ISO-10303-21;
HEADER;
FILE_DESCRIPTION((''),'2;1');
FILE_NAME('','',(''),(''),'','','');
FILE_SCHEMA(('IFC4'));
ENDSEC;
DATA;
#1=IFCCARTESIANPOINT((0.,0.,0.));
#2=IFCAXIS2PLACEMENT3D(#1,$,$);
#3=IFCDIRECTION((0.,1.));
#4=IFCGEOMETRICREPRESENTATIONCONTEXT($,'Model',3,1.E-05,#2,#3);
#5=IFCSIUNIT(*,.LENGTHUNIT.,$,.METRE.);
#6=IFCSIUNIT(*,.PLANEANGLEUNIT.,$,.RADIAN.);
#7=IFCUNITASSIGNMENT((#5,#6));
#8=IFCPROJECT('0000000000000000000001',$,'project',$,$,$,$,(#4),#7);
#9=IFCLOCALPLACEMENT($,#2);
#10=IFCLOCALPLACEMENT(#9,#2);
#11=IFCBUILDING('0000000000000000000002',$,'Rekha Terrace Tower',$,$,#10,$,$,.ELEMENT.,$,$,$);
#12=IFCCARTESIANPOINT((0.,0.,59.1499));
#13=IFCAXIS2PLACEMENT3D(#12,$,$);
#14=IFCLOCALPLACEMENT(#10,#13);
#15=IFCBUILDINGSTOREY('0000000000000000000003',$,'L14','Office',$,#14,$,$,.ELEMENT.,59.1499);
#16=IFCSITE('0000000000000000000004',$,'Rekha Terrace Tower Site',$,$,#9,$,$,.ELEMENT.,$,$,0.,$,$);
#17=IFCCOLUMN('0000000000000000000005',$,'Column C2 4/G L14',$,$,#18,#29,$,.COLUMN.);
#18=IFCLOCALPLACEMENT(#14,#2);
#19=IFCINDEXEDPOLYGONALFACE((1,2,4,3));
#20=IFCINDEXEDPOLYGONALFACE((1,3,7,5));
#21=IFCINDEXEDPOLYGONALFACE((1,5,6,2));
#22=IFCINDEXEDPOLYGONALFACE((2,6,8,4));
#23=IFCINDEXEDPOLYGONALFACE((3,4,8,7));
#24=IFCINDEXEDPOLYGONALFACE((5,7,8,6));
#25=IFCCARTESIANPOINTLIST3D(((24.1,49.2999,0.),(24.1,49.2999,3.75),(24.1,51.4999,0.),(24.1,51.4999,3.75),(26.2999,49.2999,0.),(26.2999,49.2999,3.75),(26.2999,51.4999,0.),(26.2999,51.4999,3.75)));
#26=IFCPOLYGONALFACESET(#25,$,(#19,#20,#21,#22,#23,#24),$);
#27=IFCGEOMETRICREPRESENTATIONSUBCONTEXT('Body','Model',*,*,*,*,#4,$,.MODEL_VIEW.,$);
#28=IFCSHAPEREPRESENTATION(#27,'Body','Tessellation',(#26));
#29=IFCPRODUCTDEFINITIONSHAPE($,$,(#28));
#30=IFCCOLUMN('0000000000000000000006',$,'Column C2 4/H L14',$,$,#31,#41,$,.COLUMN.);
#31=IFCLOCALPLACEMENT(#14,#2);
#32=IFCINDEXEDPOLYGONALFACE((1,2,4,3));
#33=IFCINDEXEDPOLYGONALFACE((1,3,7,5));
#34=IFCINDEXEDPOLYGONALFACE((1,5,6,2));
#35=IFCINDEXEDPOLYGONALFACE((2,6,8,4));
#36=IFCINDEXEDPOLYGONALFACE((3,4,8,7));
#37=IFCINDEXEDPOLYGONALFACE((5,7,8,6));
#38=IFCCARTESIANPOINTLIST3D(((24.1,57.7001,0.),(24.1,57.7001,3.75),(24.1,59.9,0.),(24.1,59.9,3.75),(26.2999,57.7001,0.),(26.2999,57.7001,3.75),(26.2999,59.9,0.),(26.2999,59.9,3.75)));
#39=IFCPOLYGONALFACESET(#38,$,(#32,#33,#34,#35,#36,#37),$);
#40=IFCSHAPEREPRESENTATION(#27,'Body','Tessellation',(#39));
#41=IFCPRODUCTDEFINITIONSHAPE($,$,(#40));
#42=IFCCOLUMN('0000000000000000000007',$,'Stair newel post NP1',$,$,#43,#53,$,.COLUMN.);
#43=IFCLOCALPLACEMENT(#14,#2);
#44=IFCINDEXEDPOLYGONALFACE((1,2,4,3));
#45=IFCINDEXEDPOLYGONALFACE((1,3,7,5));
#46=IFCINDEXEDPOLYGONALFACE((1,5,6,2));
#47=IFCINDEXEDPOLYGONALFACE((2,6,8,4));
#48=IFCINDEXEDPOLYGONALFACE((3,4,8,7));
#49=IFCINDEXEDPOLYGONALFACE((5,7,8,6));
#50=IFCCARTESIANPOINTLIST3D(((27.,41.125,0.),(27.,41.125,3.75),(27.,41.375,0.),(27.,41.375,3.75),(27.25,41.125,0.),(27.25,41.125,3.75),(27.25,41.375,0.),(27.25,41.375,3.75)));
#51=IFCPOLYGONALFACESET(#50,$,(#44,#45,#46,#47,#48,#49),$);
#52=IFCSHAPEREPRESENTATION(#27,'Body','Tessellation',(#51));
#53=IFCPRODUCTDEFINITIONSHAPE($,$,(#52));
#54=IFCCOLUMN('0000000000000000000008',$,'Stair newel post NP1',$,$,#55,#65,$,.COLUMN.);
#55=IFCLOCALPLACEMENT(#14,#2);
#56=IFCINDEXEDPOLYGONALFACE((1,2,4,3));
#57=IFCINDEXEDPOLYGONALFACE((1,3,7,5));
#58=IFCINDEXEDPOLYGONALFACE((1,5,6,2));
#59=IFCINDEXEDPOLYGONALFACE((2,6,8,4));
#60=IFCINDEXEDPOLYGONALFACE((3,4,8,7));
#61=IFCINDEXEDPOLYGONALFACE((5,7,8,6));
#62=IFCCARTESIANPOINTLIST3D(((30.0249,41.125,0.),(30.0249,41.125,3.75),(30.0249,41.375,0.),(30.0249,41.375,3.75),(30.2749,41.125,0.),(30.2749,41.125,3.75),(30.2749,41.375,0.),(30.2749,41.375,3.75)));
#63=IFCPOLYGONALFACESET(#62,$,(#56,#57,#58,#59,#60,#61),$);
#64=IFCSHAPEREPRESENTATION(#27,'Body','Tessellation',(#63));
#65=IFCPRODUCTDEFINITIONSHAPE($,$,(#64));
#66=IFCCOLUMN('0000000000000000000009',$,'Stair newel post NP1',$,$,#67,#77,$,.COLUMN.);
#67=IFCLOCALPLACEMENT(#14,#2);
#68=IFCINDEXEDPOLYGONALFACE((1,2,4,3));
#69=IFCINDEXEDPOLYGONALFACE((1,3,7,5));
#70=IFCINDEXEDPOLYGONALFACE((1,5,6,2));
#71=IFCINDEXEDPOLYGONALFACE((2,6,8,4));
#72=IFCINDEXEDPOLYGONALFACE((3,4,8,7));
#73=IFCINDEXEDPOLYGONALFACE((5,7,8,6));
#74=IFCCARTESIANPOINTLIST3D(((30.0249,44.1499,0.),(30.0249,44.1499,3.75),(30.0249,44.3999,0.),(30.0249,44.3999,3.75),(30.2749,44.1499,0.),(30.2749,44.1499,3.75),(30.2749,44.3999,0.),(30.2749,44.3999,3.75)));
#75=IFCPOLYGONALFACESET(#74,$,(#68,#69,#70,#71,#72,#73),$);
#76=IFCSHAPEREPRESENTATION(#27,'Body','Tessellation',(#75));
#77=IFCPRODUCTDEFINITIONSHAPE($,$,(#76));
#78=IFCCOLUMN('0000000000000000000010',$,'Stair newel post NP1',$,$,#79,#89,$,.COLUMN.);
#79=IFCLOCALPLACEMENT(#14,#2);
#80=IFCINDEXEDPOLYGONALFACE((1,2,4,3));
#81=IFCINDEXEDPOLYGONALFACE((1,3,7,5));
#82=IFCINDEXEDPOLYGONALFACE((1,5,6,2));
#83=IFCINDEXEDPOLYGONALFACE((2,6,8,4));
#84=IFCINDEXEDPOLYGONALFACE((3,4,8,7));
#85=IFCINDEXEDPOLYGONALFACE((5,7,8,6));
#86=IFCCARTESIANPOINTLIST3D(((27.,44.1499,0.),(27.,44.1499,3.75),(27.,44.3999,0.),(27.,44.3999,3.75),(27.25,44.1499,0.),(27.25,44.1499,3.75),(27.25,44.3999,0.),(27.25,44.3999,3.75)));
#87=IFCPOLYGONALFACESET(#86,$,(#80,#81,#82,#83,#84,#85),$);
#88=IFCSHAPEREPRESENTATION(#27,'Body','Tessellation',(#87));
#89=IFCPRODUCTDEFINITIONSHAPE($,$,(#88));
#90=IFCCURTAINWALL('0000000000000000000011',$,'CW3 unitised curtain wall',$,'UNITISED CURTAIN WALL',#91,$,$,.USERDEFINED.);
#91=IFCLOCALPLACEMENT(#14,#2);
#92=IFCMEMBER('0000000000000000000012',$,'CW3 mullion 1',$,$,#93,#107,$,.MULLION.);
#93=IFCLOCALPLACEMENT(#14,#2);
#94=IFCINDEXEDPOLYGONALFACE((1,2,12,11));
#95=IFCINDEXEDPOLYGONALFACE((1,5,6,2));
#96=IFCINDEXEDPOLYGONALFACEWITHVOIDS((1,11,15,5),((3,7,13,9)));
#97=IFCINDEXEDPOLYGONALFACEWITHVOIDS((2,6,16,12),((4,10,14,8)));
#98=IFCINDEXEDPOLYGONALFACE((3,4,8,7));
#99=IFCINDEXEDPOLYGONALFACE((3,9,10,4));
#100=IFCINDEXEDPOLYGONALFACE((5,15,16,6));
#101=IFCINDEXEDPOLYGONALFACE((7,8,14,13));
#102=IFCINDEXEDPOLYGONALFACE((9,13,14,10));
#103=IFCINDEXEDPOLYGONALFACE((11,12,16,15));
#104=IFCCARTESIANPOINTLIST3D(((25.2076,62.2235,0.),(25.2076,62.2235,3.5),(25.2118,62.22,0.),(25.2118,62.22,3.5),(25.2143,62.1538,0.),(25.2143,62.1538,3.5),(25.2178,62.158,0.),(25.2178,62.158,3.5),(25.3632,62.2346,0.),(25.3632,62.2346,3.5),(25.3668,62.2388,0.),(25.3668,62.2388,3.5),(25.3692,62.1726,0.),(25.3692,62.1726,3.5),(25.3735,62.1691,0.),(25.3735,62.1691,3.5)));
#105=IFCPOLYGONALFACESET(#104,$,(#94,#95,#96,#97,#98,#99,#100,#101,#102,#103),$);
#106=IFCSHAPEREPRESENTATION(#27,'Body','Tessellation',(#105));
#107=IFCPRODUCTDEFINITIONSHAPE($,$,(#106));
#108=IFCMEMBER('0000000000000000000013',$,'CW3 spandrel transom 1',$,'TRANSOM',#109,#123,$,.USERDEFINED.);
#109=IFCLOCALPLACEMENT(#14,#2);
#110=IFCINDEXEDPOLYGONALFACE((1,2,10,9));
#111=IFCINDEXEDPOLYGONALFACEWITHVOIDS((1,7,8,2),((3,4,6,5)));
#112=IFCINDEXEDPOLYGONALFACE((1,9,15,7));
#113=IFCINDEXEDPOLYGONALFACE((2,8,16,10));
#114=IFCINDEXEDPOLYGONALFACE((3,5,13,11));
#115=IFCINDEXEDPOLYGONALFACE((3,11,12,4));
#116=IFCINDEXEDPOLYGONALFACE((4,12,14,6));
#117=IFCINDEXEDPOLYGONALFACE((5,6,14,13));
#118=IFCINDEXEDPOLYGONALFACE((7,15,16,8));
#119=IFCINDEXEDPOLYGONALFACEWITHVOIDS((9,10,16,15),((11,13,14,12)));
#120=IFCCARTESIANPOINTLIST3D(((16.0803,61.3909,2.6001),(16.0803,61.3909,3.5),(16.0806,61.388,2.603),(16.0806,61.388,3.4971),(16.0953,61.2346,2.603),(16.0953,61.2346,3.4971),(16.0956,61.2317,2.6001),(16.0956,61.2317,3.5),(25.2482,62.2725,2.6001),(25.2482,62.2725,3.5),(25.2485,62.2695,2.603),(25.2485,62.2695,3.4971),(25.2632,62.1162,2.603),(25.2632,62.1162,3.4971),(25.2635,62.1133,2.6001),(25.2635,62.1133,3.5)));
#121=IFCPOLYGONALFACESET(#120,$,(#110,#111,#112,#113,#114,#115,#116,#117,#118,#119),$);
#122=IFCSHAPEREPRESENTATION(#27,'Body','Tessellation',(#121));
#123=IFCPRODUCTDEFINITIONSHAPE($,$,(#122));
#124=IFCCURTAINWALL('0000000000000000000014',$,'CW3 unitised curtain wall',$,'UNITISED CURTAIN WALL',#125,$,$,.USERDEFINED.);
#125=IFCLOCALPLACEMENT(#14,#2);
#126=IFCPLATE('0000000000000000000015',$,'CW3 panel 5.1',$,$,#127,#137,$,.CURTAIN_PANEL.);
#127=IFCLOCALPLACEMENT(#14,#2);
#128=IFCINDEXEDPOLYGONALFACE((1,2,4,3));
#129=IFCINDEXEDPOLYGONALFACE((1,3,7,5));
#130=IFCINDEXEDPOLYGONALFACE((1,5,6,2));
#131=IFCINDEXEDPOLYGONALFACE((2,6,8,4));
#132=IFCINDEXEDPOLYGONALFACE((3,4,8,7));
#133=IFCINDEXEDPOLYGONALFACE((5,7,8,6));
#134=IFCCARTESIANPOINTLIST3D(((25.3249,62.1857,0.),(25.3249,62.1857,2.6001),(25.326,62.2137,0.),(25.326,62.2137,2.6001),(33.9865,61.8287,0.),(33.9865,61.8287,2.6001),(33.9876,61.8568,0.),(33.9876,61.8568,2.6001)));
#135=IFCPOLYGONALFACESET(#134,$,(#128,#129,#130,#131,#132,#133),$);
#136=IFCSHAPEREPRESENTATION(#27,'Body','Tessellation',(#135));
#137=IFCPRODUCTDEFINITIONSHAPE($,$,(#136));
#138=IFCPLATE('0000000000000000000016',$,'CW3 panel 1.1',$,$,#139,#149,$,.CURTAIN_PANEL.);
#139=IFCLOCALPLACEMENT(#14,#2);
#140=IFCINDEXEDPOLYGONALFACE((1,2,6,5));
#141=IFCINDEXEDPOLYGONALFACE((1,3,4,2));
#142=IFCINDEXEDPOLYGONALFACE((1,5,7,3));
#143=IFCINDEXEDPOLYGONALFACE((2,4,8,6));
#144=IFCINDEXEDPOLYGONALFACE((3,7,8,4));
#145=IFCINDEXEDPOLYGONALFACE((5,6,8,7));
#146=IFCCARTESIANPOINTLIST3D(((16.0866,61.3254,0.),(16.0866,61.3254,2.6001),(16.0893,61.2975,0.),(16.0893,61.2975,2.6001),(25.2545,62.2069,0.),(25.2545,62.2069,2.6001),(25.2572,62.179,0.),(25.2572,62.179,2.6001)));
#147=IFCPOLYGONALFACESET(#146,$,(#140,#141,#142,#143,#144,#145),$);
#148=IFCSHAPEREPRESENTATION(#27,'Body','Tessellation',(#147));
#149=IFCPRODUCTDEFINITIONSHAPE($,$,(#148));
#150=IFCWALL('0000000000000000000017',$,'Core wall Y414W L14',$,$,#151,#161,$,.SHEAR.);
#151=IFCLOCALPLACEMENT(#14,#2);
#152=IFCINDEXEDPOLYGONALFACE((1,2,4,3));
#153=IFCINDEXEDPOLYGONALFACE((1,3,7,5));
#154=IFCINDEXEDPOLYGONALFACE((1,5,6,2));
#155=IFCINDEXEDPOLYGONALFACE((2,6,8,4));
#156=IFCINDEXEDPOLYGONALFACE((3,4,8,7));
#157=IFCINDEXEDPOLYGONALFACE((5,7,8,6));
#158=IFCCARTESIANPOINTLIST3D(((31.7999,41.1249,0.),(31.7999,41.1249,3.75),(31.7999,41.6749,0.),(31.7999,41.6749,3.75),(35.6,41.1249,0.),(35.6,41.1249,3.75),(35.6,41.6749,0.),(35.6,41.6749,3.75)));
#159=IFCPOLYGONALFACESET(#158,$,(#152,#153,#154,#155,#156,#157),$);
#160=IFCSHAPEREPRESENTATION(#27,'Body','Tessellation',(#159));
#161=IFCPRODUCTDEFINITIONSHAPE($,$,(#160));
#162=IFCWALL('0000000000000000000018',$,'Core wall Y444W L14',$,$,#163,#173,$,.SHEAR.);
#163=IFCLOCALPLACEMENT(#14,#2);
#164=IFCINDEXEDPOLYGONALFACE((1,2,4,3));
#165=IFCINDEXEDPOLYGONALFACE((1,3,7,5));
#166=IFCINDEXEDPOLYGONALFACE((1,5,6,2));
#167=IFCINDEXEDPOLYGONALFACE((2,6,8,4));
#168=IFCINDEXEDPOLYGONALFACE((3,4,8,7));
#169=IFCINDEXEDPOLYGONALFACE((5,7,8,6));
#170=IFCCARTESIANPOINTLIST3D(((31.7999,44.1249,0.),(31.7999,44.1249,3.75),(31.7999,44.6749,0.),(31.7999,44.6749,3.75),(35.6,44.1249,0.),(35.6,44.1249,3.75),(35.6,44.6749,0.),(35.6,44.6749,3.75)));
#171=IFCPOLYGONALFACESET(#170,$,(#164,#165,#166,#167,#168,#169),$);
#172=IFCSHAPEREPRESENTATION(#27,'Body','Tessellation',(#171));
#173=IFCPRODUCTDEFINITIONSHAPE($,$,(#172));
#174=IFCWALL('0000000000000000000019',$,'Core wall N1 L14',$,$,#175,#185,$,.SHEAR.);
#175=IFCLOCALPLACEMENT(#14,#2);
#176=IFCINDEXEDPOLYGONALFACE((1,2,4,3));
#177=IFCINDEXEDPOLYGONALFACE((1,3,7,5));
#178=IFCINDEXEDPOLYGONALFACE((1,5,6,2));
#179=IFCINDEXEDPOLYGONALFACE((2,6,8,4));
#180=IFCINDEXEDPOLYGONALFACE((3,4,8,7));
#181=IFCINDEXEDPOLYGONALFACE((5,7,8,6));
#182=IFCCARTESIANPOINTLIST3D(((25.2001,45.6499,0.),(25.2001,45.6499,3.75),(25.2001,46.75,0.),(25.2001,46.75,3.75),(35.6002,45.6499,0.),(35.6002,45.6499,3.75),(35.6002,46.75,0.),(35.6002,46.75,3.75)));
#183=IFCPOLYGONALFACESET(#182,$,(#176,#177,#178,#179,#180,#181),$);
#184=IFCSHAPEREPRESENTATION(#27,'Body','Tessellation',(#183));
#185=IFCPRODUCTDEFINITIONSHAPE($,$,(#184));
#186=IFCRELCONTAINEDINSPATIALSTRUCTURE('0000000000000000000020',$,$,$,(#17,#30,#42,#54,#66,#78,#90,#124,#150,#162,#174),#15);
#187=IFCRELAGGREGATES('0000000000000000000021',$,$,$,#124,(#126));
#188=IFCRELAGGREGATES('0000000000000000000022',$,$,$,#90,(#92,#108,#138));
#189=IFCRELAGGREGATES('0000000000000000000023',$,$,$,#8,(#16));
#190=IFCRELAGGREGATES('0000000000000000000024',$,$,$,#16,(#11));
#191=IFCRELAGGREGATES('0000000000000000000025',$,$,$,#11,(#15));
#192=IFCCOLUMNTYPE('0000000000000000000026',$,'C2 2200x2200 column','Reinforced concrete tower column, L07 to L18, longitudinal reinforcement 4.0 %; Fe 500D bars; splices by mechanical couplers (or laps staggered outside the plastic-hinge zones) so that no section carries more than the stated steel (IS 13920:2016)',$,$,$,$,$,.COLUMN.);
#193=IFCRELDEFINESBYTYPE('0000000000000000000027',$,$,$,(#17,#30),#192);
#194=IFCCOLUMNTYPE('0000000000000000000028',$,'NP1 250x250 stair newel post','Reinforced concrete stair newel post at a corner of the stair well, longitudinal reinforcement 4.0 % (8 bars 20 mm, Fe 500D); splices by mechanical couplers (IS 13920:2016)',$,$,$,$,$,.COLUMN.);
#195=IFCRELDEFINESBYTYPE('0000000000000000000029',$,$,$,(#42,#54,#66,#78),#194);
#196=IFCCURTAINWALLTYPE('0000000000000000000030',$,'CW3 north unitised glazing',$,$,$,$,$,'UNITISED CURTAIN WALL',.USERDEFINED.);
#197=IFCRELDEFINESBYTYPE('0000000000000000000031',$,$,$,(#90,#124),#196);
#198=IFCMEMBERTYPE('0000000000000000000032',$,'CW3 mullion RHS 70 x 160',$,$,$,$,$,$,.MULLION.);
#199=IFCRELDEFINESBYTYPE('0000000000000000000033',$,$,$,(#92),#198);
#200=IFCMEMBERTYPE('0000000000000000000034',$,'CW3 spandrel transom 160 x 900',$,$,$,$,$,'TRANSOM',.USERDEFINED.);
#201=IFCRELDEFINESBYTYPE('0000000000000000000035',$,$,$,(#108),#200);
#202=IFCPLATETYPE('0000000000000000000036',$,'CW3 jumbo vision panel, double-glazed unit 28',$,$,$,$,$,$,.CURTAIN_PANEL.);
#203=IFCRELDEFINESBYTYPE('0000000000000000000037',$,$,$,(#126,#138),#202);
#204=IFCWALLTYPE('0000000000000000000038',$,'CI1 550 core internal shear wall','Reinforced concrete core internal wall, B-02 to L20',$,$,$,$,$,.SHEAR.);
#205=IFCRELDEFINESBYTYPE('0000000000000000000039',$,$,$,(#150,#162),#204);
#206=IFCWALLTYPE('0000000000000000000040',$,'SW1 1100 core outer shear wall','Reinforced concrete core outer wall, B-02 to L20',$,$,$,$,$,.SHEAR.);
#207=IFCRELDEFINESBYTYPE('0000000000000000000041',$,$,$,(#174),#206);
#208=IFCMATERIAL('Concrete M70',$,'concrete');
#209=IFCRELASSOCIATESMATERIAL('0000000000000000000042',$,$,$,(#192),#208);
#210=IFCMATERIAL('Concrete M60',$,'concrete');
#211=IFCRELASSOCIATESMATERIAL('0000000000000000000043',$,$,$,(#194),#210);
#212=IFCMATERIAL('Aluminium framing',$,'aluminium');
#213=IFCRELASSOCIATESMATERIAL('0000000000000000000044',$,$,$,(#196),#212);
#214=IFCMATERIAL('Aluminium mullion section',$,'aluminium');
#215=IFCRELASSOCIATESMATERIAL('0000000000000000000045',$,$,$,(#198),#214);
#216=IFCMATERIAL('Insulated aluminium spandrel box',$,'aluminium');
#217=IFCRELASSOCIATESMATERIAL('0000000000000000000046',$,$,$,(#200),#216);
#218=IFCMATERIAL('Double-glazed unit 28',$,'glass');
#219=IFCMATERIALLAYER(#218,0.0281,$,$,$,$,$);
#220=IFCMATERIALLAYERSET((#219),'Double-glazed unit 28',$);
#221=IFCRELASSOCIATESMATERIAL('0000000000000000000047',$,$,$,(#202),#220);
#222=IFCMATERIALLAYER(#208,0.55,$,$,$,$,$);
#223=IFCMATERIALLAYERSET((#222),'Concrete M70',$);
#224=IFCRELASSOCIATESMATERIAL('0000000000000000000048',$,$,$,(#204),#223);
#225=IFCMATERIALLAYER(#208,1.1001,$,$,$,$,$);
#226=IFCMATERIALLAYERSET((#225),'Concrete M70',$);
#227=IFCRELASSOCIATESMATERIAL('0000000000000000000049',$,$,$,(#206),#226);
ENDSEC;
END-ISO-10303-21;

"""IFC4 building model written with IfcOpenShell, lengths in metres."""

from ifc_helpers import new_model, si_unit, direction, frame, frame_2d, origin, origin_2d, place, context, subcontext, project, spatial, rectangle, hollow_rectangle, extrude, material, layer, layer_set, material_profile, profile_set, type_object, element, aggregate, save


model = new_model("IFC4")

# Units and contexts
model_context = context("Model", 3, precision=1e-05, world=origin(), true_north=direction((0.0, 1.0)))
body_context = subcontext(model_context, "Body", "Model", "MODEL_VIEW")
ifc_project = project(units=[si_unit("LENGTHUNIT", "METRE"), si_unit("PLANEANGLEUNIT", "RADIAN")], contexts=[model_context])

# Site, building, storey
site_placement = place(None, origin())
site = spatial("IfcSite", under=ifc_project, at=site_placement, Name="Rekha Terrace Tower Site", CompositionType="ELEMENT", RefElevation=0.0)
building_placement = place(site_placement, origin())
building = spatial("IfcBuilding", under=site, at=building_placement, Name="Rekha Terrace Tower", CompositionType="ELEMENT")
storey_placement = place(building_placement, frame((0.0, 0.0, 59.1499)))
storey = spatial("IfcBuildingStorey", under=building, at=storey_placement, Name="L14", Description="Office", CompositionType="ELEMENT", Elevation=59.1499)

# Columns
ifc_material_1 = material(Name="Concrete M70", Category="concrete")
ifc_material_profile_1 = material_profile(ifc_material_1, rectangle(XDim=2.2, YDim=2.2, at=origin_2d()), Name="RC 2200x2200")
ifc_profile_set_1 = profile_set([ifc_material_profile_1], Name="Concrete M70")
column_type_1 = type_object("IfcColumnType", Name="C2 2200x2200 column", Description="Reinforced concrete tower column, L07 to L18, longitudinal reinforcement 4.0 %; Fe 500D bars; splices by mechanical couplers (or laps staggered outside the plastic-hinge zones) so that no section carries more than the stated steel (IS 13920:2016)", PredefinedType="COLUMN", material=ifc_profile_set_1)
for number, where, z_axis, x_axis, name in (
    (1, (25.2, 50.3999, 0.0), (0.0, 0.0, 1.0), (1.0, 0.0, 0.0), "Column C2 4/G L14"),
    (2, (25.2, 58.8, 0.0), (0.0, 0.0, 1.0), (1.0, 0.0, 0.0), "Column C2 4/H L14"),
):
    element("IfcColumn", number, at=place(storey_placement, frame(where, z_axis=z_axis, x_axis=x_axis)), inside=storey, type_object=column_type_1, Name=name, PredefinedType="COLUMN", context=body_context, shape_type="SweptSolid", body=[
        extrude(rectangle(XDim=2.2, YDim=2.2, at=origin_2d()), origin(), (0.0, 0.0, 1.0), 3.75),
    ])
ifc_material_2 = material(Name="Concrete M60", Category="concrete")
ifc_material_profile_2 = material_profile(ifc_material_2, rectangle(XDim=0.25, YDim=0.25, at=origin_2d()), Name="RC 250x250")
ifc_profile_set_2 = profile_set([ifc_material_profile_2], Name="Concrete M60")
column_type_2 = type_object("IfcColumnType", Name="NP1 250x250 stair newel post", Description="Reinforced concrete stair newel post at a corner of the stair well, longitudinal reinforcement 4.0 % (8 bars 20 mm, Fe 500D); splices by mechanical couplers (IS 13920:2016)", PredefinedType="COLUMN", material=ifc_profile_set_2)
for number, where, z_axis, x_axis, name in (
    (3, (27.125, 41.25, 0.0), (0.0, 0.0, 1.0), (1.0, 0.0, 0.0), "Stair newel post NP1"),
    (4, (30.1499, 41.25, 0.0), (0.0, 0.0, 1.0), (1.0, 0.0, 0.0), "Stair newel post NP1"),
    (5, (30.1499, 44.2749, 0.0), (0.0, 0.0, 1.0), (1.0, 0.0, 0.0), "Stair newel post NP1"),
    (6, (27.125, 44.2749, 0.0), (0.0, 0.0, 1.0), (1.0, 0.0, 0.0), "Stair newel post NP1"),
):
    element("IfcColumn", number, at=place(storey_placement, frame(where, z_axis=z_axis, x_axis=x_axis)), inside=storey, type_object=column_type_2, Name=name, PredefinedType="COLUMN", context=body_context, shape_type="SweptSolid", body=[
        extrude(rectangle(XDim=0.25, YDim=0.25, at=origin_2d()), origin(), (0.0, 0.0, 1.0), 3.75),
    ])

# Curtain wall, members
ifc_material_3 = material(Name="Aluminium framing", Category="aluminium")
curtain_wall_type = type_object("IfcCurtainWallType", Name="CW3 north unitised glazing", ElementType="UNITISED CURTAIN WALL", PredefinedType="USERDEFINED", material=ifc_material_3)
curtain_wall_1_placement = place(storey_placement, origin())
curtain_wall_1 = element("IfcCurtainWall", 7, at=curtain_wall_1_placement, inside=storey, type_object=curtain_wall_type, Name="CW3 unitised curtain wall", ObjectType="UNITISED CURTAIN WALL", PredefinedType="USERDEFINED")
ifc_material_4 = material(Name="Aluminium mullion section", Category="aluminium")
ifc_material_profile_3 = material_profile(ifc_material_4, hollow_rectangle(XDim=0.0701, YDim=0.1599, WallThickness=0.0039, at=origin_2d()), Name="AL RHS 70x160")
ifc_profile_set_3 = profile_set([ifc_material_profile_3], Name="Aluminium mullion section")
member_type_1 = type_object("IfcMemberType", Name="CW3 mullion RHS 70 x 160", PredefinedType="MULLION", material=ifc_profile_set_3)
member_1_placement = place(storey_placement, frame((25.2905, 62.1963, 0.0), z_axis=(0.0, 0.0, 1.0), x_axis=(0.095712, -0.995409, 0.0)))
member_1 = element("IfcMember", 8, at=member_1_placement, type_object=member_type_1, Name="CW3 mullion 1", PredefinedType="MULLION", context=body_context, shape_type="SweptSolid", body=[
    extrude(hollow_rectangle(XDim=0.0701, YDim=0.1599, WallThickness=0.0039, at=origin_2d()), origin(), (0.0, 0.0, 1.0), 3.5),
])
ifc_material_5 = material(Name="Insulated aluminium spandrel box", Category="aluminium")
ifc_material_profile_4 = material_profile(ifc_material_5, hollow_rectangle(XDim=0.1599, YDim=0.8999, WallThickness=0.0029, at=origin_2d()), Name="AL SPANDREL BOX 160x900")
ifc_profile_set_4 = profile_set([ifc_material_profile_4], Name="Insulated aluminium spandrel box")
member_type_2 = type_object("IfcMemberType", Name="CW3 spandrel transom 160 x 900", ElementType="TRANSOM", PredefinedType="USERDEFINED", material=ifc_profile_set_4)
member_2_placement = place(storey_placement, frame((25.2559, 62.1929, 3.05), z_axis=(-0.995408, -0.095718, 0.0), x_axis=(0.095718, -0.995408, 0.0)))
member_2 = element("IfcMember", 9, at=member_2_placement, type_object=member_type_2, Name="CW3 spandrel transom 1", ObjectType="TRANSOM", PredefinedType="USERDEFINED", context=body_context, shape_type="SweptSolid", body=[
    extrude(hollow_rectangle(XDim=0.1599, YDim=0.8999, WallThickness=0.0029, at=origin_2d()), origin(), (0.0, 0.0, 1.0), 9.2102),
])

# Curtain wall, plate
curtain_wall_2_placement = place(storey_placement, origin())
curtain_wall_2 = element("IfcCurtainWall", 10, at=curtain_wall_2_placement, inside=storey, type_object=curtain_wall_type, Name="CW3 unitised curtain wall", ObjectType="UNITISED CURTAIN WALL", PredefinedType="USERDEFINED")
ifc_material_6 = material(Name="Double-glazed unit 28", Category="glass")
ifc_layer_1 = layer(ifc_material_6, 0.0281)
ifc_layer_set_1 = layer_set([ifc_layer_1], Name="Double-glazed unit 28")
plate_type = type_object("IfcPlateType", Name="CW3 jumbo vision panel, double-glazed unit 28", PredefinedType="CURTAIN_PANEL", material=ifc_layer_set_1)
plate_1_placement = place(storey_placement, frame((29.6562, 62.0212, 0.0), z_axis=(0.0, 0.0, 1.0), x_axis=(-0.999152, 0.041174, 0.0)))
plate_1 = element("IfcPlate", 11, at=plate_1_placement, type_object=plate_type, Name="CW3 panel 5.1", PredefinedType="CURTAIN_PANEL", context=body_context, shape_type="SweptSolid", body=[
    extrude(rectangle(XDim=8.6689, YDim=0.0281, at=origin_2d()), origin(), (0.0, 0.0, 1.0), 2.6001),
])
aggregate(curtain_wall_2, [plate_1])

# Plate
plate_2_placement = place(storey_placement, frame((20.6719, 61.7522, 0.0), z_axis=(0.0, 0.0, 1.0), x_axis=(-0.995409, -0.095712, 0.0)))
plate_2 = element("IfcPlate", 12, at=plate_2_placement, type_object=plate_type, Name="CW3 panel 1.1", PredefinedType="CURTAIN_PANEL", context=body_context, shape_type="SweptSolid", body=[
    extrude(rectangle(XDim=9.2102, YDim=0.0281, at=origin_2d()), origin(), (0.0, 0.0, 1.0), 2.6001),
])
aggregate(curtain_wall_1, [member_1, member_2, plate_2])

# Walls
ifc_layer_2 = layer(ifc_material_1, 0.55)
ifc_layer_set_2 = layer_set([ifc_layer_2], Name="Concrete M70")
wall_type_1 = type_object("IfcWallType", Name="CI1 550 core internal shear wall", Description="Reinforced concrete core internal wall, B-02 to L20", PredefinedType="SHEAR", material=ifc_layer_set_2)
for number, where, z_axis, x_axis, name in (
    (13, (31.8, 41.3999, 0.0), (0.0, 0.0, 1.0), (1.0, 0.0, 0.0), "Core wall Y414W L14"),
    (14, (31.8, 44.3999, 0.0), (0.0, 0.0, 1.0), (1.0, 0.0, 0.0), "Core wall Y444W L14"),
):
    element("IfcWall", number, at=place(storey_placement, frame(where, z_axis=z_axis, x_axis=x_axis)), inside=storey, type_object=wall_type_1, Name=name, PredefinedType="SHEAR", context=body_context, shape_type="SweptSolid", body=[
        extrude(rectangle(XDim=3.8, YDim=0.55, at=frame_2d((1.8999, 0.0))), origin(), (0.0, 0.0, 1.0), 3.75),
    ])
ifc_layer_3 = layer(ifc_material_1, 1.1001)
ifc_layer_set_3 = layer_set([ifc_layer_3], Name="Concrete M70")
wall_type_2 = type_object("IfcWallType", Name="SW1 1100 core outer shear wall", Description="Reinforced concrete core outer wall, B-02 to L20", PredefinedType="SHEAR", material=ifc_layer_set_3)
wall_1_placement = place(storey_placement, frame((25.2, 46.2, 0.0), z_axis=(0.0, 0.0, 1.0), x_axis=(1.0, 0.0, 0.0)))
element("IfcWall", 15, at=wall_1_placement, inside=storey, type_object=wall_type_2, Name="Core wall N1 L14", PredefinedType="SHEAR", context=body_context, shape_type="SweptSolid", body=[
    extrude(rectangle(XDim=10.4001, YDim=1.1001, at=frame_2d((5.2002, 0.0))), origin(), (0.0, 0.0, 1.0), 3.75),
])

save(model, "model.ifc")
